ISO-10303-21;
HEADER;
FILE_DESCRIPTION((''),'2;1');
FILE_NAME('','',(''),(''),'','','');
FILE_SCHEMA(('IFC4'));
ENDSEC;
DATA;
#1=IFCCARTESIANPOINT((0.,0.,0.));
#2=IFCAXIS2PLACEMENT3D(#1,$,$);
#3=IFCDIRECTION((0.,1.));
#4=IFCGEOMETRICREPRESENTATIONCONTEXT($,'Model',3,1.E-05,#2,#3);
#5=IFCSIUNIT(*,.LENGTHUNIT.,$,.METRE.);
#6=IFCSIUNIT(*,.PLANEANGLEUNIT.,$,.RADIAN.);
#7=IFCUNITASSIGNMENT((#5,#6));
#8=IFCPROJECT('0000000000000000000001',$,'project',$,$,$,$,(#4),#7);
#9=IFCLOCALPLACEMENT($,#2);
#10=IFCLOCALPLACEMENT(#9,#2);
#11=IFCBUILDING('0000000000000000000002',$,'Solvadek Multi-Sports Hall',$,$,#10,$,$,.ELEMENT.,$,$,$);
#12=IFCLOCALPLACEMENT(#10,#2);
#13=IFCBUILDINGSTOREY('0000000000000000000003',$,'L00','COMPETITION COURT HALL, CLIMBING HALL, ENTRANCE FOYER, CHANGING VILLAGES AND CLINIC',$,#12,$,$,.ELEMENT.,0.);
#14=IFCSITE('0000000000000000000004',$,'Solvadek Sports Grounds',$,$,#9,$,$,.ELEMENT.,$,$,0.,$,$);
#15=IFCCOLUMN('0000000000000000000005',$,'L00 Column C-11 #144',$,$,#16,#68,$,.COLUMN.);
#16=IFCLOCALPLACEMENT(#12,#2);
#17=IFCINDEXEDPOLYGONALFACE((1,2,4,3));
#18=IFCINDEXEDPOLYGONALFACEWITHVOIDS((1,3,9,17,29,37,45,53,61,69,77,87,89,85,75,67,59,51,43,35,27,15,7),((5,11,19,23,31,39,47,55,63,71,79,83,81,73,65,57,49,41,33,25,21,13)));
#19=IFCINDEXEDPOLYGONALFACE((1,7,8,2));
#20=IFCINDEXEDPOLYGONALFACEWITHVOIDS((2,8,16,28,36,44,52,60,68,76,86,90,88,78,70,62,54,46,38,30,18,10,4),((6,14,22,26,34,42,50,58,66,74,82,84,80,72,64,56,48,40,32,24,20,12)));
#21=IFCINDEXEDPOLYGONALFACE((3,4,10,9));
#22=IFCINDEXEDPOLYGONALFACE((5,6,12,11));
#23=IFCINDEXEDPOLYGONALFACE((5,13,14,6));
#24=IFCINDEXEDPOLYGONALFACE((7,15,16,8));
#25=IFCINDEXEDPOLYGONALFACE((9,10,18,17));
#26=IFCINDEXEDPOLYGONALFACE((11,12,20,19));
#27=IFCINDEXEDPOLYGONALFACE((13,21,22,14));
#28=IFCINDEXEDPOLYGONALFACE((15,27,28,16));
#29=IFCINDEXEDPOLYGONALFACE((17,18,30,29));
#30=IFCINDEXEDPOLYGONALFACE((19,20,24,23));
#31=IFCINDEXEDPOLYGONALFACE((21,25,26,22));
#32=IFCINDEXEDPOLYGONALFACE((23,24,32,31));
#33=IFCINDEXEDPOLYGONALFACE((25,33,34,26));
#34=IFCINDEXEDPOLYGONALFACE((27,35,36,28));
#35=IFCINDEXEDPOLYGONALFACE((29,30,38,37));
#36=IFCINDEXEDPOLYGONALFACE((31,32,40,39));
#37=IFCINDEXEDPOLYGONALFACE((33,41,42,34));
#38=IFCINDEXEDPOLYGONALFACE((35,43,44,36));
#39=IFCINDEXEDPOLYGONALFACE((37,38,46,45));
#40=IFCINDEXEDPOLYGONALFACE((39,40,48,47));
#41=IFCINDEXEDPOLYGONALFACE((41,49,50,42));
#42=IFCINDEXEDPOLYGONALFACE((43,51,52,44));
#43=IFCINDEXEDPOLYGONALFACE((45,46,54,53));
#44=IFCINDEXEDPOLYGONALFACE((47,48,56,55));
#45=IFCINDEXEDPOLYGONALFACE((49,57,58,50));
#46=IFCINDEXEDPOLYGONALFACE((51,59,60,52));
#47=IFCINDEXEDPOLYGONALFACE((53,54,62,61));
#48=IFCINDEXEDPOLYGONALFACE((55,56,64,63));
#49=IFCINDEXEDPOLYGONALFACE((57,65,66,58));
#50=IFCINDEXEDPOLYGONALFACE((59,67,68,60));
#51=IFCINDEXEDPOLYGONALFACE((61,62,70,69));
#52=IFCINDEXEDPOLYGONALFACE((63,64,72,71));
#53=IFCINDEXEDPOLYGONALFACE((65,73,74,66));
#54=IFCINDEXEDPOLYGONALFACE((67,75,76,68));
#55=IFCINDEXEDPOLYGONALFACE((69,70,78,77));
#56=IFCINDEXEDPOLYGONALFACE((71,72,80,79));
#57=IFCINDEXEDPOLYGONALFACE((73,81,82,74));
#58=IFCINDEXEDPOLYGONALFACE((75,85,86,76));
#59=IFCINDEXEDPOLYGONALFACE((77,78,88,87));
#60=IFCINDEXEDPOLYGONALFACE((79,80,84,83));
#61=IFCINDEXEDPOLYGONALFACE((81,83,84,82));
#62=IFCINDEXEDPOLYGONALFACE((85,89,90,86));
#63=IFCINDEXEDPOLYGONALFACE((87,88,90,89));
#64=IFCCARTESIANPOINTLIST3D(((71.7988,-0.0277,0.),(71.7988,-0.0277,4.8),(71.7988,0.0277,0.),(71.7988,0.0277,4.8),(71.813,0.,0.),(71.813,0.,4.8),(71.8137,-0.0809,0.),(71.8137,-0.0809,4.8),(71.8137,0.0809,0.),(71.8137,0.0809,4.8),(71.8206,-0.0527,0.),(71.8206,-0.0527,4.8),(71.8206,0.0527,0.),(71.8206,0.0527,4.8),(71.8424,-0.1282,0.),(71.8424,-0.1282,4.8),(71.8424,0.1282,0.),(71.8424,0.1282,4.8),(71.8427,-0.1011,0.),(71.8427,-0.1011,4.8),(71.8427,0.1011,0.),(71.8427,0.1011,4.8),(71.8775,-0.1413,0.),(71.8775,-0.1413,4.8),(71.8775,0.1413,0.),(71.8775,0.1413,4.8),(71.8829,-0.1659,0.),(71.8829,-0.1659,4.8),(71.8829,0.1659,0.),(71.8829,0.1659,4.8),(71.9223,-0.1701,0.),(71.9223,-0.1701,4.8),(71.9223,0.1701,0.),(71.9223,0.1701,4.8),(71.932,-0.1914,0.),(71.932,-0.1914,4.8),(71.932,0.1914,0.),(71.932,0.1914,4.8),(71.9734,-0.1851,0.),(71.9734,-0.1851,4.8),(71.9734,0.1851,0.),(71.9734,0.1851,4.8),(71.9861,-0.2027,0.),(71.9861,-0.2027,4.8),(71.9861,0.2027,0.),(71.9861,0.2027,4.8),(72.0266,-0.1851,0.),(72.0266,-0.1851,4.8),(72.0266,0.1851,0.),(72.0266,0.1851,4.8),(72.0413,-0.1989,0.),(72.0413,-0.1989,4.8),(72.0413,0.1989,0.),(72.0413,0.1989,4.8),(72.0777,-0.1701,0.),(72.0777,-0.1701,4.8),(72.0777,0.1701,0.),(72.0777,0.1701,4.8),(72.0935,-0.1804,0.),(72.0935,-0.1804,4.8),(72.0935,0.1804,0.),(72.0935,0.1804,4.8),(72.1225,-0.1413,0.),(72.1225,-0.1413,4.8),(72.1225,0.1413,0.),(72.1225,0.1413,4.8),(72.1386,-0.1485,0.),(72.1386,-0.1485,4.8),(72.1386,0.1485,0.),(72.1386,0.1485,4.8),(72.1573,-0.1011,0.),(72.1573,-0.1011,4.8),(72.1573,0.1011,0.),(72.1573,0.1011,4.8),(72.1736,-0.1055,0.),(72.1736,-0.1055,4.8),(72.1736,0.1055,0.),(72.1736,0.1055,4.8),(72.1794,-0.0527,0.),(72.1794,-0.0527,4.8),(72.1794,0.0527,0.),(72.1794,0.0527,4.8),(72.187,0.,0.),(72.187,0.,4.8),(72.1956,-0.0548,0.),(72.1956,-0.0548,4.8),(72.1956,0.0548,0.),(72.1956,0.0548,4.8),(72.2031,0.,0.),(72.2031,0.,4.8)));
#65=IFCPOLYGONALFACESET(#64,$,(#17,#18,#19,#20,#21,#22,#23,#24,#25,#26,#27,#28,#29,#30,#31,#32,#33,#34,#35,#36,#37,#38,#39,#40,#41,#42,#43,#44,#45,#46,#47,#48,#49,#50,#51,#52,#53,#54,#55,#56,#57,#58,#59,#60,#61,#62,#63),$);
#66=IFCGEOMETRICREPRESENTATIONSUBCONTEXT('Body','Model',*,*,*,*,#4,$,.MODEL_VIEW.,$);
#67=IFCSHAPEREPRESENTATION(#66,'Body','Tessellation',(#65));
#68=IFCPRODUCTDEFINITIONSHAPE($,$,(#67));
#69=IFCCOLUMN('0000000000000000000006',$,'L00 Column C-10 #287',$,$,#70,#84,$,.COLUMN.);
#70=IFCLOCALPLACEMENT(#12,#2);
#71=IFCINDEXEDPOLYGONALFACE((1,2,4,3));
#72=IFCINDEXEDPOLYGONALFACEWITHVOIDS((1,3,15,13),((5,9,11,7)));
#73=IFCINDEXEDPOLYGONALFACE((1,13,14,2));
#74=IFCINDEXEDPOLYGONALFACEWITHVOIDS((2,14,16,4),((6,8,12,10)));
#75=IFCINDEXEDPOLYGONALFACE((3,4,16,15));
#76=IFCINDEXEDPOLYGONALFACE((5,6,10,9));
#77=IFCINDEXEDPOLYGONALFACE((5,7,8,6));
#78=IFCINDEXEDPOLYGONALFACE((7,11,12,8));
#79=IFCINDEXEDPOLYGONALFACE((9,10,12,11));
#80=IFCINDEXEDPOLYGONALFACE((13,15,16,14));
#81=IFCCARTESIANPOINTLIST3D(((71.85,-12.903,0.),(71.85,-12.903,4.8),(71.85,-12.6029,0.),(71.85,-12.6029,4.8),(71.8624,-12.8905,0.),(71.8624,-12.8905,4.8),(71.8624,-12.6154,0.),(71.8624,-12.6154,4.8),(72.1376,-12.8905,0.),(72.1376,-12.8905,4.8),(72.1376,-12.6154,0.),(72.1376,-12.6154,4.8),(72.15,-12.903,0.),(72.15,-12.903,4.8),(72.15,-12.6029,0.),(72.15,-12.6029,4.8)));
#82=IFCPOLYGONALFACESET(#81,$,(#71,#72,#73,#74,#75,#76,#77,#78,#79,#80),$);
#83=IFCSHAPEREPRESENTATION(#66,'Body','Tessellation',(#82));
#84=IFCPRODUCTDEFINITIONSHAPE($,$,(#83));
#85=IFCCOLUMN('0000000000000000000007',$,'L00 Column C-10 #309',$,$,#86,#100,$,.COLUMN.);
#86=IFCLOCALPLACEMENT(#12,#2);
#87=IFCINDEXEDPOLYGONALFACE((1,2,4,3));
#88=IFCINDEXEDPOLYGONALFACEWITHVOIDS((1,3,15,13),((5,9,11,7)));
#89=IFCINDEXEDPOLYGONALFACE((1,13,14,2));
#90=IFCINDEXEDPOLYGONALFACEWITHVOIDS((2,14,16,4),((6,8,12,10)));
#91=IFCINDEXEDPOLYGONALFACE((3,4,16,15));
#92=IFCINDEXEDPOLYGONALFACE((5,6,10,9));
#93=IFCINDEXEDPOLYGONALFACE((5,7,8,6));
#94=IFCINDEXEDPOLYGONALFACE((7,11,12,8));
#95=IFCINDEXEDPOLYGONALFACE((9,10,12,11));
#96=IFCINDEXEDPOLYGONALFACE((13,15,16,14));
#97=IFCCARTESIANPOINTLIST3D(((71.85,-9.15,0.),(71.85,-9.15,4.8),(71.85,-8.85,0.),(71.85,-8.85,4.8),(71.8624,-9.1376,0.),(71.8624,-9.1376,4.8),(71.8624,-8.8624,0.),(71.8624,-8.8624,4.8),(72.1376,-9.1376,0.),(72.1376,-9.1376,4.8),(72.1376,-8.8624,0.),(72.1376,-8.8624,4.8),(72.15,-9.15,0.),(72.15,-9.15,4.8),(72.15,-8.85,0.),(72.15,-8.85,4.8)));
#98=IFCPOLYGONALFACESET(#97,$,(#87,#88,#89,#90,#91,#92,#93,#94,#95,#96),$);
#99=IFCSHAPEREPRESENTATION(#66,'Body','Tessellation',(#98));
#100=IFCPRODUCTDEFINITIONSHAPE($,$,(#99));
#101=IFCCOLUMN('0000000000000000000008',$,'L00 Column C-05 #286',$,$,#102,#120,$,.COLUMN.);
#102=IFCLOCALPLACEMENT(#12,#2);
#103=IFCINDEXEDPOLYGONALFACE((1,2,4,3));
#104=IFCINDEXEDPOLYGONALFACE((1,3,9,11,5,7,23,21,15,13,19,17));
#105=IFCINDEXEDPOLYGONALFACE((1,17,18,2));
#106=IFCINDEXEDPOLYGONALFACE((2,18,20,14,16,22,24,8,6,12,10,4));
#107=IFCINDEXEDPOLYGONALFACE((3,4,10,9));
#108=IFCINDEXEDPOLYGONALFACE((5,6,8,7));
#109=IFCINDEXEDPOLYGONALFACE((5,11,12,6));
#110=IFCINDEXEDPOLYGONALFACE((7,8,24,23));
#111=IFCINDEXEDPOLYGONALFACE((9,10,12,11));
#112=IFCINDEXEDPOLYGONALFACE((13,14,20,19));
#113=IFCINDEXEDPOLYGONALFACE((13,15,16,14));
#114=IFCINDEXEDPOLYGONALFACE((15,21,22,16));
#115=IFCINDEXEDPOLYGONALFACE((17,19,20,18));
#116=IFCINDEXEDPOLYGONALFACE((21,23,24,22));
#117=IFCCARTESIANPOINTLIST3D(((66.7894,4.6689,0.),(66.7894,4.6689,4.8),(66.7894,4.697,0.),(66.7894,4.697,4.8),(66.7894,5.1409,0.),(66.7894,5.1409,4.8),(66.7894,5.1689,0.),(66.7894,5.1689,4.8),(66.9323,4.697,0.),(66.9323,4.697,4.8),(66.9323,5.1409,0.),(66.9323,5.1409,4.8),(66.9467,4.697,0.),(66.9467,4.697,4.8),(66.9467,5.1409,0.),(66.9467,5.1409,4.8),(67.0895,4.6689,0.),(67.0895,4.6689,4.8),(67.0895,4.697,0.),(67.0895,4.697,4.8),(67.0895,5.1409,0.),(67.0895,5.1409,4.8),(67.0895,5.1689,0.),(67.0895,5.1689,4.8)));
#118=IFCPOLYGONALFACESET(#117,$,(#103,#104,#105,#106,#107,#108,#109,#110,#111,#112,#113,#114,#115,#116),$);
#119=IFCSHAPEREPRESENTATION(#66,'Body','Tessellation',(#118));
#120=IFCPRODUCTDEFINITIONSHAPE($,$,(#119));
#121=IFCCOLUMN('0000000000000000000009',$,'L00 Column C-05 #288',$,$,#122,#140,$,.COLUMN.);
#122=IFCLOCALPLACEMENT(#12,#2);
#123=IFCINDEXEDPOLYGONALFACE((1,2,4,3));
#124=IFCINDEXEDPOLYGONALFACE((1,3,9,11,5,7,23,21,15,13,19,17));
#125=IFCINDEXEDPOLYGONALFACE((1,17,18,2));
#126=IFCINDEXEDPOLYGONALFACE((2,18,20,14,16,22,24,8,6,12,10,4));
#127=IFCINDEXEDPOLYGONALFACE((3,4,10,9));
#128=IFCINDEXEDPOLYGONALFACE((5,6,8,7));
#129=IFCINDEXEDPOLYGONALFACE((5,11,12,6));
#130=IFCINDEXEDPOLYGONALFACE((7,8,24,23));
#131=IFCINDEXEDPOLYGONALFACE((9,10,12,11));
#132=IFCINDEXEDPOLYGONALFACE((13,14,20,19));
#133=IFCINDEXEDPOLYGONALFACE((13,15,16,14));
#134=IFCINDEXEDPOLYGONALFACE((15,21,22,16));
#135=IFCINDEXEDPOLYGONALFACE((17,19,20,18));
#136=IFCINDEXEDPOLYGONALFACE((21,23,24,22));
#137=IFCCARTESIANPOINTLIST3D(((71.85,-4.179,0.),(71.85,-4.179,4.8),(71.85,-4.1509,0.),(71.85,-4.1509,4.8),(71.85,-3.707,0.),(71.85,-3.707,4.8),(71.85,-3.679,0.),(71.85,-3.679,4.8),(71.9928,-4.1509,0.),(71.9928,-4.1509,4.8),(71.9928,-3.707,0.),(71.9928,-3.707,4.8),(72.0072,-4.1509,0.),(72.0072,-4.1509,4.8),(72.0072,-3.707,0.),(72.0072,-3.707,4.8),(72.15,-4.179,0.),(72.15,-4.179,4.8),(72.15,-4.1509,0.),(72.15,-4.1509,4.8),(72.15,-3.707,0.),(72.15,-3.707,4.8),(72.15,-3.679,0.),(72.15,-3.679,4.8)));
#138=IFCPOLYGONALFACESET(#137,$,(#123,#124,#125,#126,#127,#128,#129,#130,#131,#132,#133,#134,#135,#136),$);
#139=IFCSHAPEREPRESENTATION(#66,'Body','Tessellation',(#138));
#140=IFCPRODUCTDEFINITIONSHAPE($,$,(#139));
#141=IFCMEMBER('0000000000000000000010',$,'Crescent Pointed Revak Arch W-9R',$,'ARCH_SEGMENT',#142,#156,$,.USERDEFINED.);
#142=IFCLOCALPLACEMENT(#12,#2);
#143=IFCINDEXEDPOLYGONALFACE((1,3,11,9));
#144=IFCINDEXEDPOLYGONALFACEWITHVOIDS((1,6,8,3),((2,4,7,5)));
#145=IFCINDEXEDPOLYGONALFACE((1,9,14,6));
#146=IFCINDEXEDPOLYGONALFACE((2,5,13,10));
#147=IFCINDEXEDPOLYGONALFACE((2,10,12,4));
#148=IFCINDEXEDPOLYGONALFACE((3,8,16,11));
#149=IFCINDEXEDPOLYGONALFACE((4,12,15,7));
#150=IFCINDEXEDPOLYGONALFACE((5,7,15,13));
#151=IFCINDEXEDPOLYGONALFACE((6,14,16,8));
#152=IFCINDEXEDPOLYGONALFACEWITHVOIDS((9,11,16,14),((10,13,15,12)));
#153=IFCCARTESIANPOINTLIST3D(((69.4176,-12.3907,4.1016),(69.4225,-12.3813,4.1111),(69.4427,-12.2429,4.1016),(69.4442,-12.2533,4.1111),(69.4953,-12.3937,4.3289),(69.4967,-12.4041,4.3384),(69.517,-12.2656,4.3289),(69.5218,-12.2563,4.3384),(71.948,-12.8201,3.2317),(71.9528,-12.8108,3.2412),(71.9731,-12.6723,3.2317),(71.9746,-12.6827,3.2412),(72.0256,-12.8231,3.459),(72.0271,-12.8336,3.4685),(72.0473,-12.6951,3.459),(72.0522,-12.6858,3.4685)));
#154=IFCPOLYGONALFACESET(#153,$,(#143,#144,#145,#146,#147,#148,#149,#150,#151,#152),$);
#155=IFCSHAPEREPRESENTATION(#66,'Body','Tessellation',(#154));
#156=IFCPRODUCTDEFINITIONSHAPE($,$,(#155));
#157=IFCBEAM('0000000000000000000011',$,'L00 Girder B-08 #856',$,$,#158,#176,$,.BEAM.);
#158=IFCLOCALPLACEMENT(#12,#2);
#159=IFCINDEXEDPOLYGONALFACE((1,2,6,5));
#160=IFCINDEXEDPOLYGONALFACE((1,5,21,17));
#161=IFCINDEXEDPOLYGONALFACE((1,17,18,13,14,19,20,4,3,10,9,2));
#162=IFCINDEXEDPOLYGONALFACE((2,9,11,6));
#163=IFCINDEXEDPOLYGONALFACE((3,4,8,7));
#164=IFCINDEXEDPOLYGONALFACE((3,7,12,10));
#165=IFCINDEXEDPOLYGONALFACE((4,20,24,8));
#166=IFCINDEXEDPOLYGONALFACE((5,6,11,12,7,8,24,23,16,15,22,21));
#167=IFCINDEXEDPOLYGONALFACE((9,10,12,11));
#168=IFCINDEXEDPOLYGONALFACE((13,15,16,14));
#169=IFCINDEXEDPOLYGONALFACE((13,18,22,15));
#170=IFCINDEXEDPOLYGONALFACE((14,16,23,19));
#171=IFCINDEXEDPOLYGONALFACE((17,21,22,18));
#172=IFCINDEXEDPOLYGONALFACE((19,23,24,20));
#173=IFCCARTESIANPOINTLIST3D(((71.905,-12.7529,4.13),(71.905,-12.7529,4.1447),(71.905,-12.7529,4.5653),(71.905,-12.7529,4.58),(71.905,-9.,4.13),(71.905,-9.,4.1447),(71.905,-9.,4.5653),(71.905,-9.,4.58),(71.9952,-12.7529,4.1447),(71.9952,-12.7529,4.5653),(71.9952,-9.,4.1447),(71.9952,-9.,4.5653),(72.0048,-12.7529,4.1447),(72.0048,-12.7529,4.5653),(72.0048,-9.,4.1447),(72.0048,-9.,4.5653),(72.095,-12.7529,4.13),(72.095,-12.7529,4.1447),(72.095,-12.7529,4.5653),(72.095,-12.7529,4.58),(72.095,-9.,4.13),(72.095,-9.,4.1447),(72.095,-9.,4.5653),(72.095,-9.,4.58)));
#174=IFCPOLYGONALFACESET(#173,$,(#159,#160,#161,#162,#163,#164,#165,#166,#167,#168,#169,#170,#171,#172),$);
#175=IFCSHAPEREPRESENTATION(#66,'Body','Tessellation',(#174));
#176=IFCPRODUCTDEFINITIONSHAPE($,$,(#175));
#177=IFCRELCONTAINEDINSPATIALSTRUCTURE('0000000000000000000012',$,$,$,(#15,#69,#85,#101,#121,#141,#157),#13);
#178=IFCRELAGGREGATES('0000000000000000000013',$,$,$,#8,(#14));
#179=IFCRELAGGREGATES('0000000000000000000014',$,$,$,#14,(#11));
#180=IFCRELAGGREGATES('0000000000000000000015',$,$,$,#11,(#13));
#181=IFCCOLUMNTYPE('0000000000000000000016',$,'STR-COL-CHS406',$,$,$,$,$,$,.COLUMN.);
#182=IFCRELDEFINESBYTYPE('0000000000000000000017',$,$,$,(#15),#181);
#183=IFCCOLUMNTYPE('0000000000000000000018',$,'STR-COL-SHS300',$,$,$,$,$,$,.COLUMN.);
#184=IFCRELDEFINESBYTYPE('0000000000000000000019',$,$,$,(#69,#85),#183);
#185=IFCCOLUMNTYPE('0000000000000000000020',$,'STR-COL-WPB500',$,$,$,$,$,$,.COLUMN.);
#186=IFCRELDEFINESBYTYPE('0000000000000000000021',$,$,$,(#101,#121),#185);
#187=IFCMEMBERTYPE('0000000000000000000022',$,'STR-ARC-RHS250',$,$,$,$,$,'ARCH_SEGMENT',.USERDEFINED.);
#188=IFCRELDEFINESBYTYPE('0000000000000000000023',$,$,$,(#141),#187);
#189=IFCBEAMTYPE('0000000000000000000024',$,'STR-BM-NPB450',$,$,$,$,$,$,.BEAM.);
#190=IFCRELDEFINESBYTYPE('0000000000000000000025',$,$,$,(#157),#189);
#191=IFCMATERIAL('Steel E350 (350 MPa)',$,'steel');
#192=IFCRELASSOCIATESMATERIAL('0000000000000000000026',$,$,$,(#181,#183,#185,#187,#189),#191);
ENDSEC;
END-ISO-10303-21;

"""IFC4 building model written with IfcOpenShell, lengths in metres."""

from ifc_helpers import new_model, si_unit, direction, frame, origin, origin_2d, place, context, subcontext, project, spatial, hollow_rectangle, hollow_circle, i_section, extrude, material, material_profile, profile_set, type_object, element, save


model = new_model("IFC4")

# Units and contexts
model_context = context("Model", 3, precision=1e-05, world=origin(), true_north=direction((0.0, 1.0)))
body_context = subcontext(model_context, "Body", "Model", "MODEL_VIEW")
ifc_project = project(units=[si_unit("LENGTHUNIT", "METRE"), si_unit("PLANEANGLEUNIT", "RADIAN")], contexts=[model_context])

# Site, building, storey
site_placement = place(None, origin())
site = spatial("IfcSite", under=ifc_project, at=site_placement, Name="Solvadek Sports Grounds", CompositionType="ELEMENT", RefElevation=0.0)
building_placement = place(site_placement, origin())
building = spatial("IfcBuilding", under=site, at=building_placement, Name="Solvadek Multi-Sports Hall", CompositionType="ELEMENT")
storey_placement = place(building_placement, origin())
storey = spatial("IfcBuildingStorey", under=building, at=storey_placement, Name="L00", Description="COMPETITION COURT HALL, CLIMBING HALL, ENTRANCE FOYER, CHANGING VILLAGES AND CLINIC", CompositionType="ELEMENT", Elevation=0.0)

# Columns
ifc_material_1 = material(Name="Steel E350 (350 MPa)", Category="steel")
ifc_material_profile_1 = material_profile(ifc_material_1, hollow_circle(Radius=0.2031, WallThickness=0.0161, at=origin_2d()), Name="CHS 406.4x16")
ifc_profile_set_1 = profile_set([ifc_material_profile_1], Name="Steel E350 (350 MPa)")
column_type_1 = type_object("IfcColumnType", Name="STR-COL-CHS406", PredefinedType="COLUMN", material=ifc_profile_set_1)
column_placement = place(storey_placement, frame((72.0, 0.0, 0.0), z_axis=(0.0, 0.0, 1.0), x_axis=(1.0, 0.0, 0.0)))
element("IfcColumn", 1, at=column_placement, inside=storey, type_object=column_type_1, Name="L00 Column C-11 #144", PredefinedType="COLUMN", context=body_context, shape_type="SweptSolid", body=[
    extrude(hollow_circle(Radius=0.2031, WallThickness=0.0161, at=origin_2d()), origin(), (0.0, 0.0, 1.0), 4.8),
])
ifc_material_profile_2 = material_profile(ifc_material_1, hollow_rectangle(XDim=0.3, YDim=0.3, WallThickness=0.0125, at=origin_2d()), Name="SHS 300x300x12.5")
ifc_profile_set_2 = profile_set([ifc_material_profile_2], Name="Steel E350 (350 MPa)")
column_type_2 = type_object("IfcColumnType", Name="STR-COL-SHS300", PredefinedType="COLUMN", material=ifc_profile_set_2)
for number, where, z_axis, x_axis, name in (
    (2, (72.0, -12.7529, 0.0), (0.0, 0.0, 1.0), (1.0, 0.0, 0.0), "L00 Column C-10 #287"),
    (3, (72.0, -9.0, 0.0), (0.0, 0.0, 1.0), (1.0, 0.0, 0.0), "L00 Column C-10 #309"),
):
    element("IfcColumn", number, at=place(storey_placement, frame(where, z_axis=z_axis, x_axis=x_axis)), inside=storey, type_object=column_type_2, Name=name, PredefinedType="COLUMN", context=body_context, shape_type="SweptSolid", body=[
        extrude(hollow_rectangle(XDim=0.3, YDim=0.3, WallThickness=0.0125, at=origin_2d()), origin(), (0.0, 0.0, 1.0), 4.8),
    ])
ifc_material_profile_3 = material_profile(ifc_material_1, i_section(OverallWidth=0.3, OverallDepth=0.5, WebThickness=0.0144, FlangeThickness=0.0281, at=origin_2d()), Name="WPB 500")
ifc_profile_set_3 = profile_set([ifc_material_profile_3], Name="Steel E350 (350 MPa)")
column_type_3 = type_object("IfcColumnType", Name="STR-COL-WPB500", PredefinedType="COLUMN", material=ifc_profile_set_3)
for number, where, z_axis, x_axis, name in (
    (4, (66.9395, 4.9189, 0.0), (0.0, 0.0, 1.0), (1.0, 0.0, 0.0), "L00 Column C-05 #286"),
    (5, (72.0, -3.929, 0.0), (0.0, 0.0, 1.0), (1.0, 0.0, 0.0), "L00 Column C-05 #288"),
):
    element("IfcColumn", number, at=place(storey_placement, frame(where, z_axis=z_axis, x_axis=x_axis)), inside=storey, type_object=column_type_3, Name=name, PredefinedType="COLUMN", context=body_context, shape_type="SweptSolid", body=[
        extrude(i_section(OverallWidth=0.3, OverallDepth=0.5, WebThickness=0.0144, FlangeThickness=0.0281, at=origin_2d()), origin(), (0.0, 0.0, 1.0), 4.8),
    ])

# Member
ifc_material_profile_4 = material_profile(ifc_material_1, hollow_rectangle(XDim=0.1499, YDim=0.25, WallThickness=0.01, at=origin_2d()), Name="RHS 250x150x10")
ifc_profile_set_4 = profile_set([ifc_material_profile_4], Name="Steel E350 (350 MPa)")
member_type = type_object("IfcMemberType", Name="STR-ARC-RHS250", ElementType="ARCH_SEGMENT", PredefinedType="USERDEFINED", material=ifc_profile_set_4)
member_placement = place(storey_placement, frame((69.4697, -12.3235, 4.22), z_axis=(0.933726, -0.158474, -0.321002), x_axis=(0.167329, 0.985901, 0.0)))
element("IfcMember", 6, at=member_placement, inside=storey, type_object=member_type, Name="Crescent Pointed Revak Arch W-9R", ObjectType="ARCH_SEGMENT", PredefinedType="USERDEFINED", context=body_context, shape_type="SweptSolid", body=[
    extrude(hollow_rectangle(XDim=0.1499, YDim=0.25, WallThickness=0.01, at=origin_2d()), origin(), (0.0, 0.0, 1.0), 2.71),
])

# Beam
ifc_material_profile_5 = material_profile(ifc_material_1, i_section(OverallWidth=0.1899, OverallDepth=0.45, WebThickness=0.0095, FlangeThickness=0.0146, at=origin_2d()), Name="NPB 450")
ifc_profile_set_5 = profile_set([ifc_material_profile_5], Name="Steel E350 (350 MPa)")
beam_type_1 = type_object("IfcBeamType", Name="STR-BM-NPB450", PredefinedType="BEAM", material=ifc_profile_set_5)
beam_1_placement = place(storey_placement, frame((72.0, -12.7529, 4.355), z_axis=(0.0, 1.0, 0.0), x_axis=(-1.0, 0.0, 0.0)))
element("IfcBeam", 7, at=beam_1_placement, inside=storey, type_object=beam_type_1, Name="L00 Girder B-08 #856", PredefinedType="BEAM", context=body_context, shape_type="SweptSolid", body=[
    extrude(i_section(OverallWidth=0.1899, OverallDepth=0.45, WebThickness=0.0095, FlangeThickness=0.0146, at=origin_2d()), origin(), (0.0, 0.0, 1.0), 3.7529),
])

save(model, "model.ifc")
